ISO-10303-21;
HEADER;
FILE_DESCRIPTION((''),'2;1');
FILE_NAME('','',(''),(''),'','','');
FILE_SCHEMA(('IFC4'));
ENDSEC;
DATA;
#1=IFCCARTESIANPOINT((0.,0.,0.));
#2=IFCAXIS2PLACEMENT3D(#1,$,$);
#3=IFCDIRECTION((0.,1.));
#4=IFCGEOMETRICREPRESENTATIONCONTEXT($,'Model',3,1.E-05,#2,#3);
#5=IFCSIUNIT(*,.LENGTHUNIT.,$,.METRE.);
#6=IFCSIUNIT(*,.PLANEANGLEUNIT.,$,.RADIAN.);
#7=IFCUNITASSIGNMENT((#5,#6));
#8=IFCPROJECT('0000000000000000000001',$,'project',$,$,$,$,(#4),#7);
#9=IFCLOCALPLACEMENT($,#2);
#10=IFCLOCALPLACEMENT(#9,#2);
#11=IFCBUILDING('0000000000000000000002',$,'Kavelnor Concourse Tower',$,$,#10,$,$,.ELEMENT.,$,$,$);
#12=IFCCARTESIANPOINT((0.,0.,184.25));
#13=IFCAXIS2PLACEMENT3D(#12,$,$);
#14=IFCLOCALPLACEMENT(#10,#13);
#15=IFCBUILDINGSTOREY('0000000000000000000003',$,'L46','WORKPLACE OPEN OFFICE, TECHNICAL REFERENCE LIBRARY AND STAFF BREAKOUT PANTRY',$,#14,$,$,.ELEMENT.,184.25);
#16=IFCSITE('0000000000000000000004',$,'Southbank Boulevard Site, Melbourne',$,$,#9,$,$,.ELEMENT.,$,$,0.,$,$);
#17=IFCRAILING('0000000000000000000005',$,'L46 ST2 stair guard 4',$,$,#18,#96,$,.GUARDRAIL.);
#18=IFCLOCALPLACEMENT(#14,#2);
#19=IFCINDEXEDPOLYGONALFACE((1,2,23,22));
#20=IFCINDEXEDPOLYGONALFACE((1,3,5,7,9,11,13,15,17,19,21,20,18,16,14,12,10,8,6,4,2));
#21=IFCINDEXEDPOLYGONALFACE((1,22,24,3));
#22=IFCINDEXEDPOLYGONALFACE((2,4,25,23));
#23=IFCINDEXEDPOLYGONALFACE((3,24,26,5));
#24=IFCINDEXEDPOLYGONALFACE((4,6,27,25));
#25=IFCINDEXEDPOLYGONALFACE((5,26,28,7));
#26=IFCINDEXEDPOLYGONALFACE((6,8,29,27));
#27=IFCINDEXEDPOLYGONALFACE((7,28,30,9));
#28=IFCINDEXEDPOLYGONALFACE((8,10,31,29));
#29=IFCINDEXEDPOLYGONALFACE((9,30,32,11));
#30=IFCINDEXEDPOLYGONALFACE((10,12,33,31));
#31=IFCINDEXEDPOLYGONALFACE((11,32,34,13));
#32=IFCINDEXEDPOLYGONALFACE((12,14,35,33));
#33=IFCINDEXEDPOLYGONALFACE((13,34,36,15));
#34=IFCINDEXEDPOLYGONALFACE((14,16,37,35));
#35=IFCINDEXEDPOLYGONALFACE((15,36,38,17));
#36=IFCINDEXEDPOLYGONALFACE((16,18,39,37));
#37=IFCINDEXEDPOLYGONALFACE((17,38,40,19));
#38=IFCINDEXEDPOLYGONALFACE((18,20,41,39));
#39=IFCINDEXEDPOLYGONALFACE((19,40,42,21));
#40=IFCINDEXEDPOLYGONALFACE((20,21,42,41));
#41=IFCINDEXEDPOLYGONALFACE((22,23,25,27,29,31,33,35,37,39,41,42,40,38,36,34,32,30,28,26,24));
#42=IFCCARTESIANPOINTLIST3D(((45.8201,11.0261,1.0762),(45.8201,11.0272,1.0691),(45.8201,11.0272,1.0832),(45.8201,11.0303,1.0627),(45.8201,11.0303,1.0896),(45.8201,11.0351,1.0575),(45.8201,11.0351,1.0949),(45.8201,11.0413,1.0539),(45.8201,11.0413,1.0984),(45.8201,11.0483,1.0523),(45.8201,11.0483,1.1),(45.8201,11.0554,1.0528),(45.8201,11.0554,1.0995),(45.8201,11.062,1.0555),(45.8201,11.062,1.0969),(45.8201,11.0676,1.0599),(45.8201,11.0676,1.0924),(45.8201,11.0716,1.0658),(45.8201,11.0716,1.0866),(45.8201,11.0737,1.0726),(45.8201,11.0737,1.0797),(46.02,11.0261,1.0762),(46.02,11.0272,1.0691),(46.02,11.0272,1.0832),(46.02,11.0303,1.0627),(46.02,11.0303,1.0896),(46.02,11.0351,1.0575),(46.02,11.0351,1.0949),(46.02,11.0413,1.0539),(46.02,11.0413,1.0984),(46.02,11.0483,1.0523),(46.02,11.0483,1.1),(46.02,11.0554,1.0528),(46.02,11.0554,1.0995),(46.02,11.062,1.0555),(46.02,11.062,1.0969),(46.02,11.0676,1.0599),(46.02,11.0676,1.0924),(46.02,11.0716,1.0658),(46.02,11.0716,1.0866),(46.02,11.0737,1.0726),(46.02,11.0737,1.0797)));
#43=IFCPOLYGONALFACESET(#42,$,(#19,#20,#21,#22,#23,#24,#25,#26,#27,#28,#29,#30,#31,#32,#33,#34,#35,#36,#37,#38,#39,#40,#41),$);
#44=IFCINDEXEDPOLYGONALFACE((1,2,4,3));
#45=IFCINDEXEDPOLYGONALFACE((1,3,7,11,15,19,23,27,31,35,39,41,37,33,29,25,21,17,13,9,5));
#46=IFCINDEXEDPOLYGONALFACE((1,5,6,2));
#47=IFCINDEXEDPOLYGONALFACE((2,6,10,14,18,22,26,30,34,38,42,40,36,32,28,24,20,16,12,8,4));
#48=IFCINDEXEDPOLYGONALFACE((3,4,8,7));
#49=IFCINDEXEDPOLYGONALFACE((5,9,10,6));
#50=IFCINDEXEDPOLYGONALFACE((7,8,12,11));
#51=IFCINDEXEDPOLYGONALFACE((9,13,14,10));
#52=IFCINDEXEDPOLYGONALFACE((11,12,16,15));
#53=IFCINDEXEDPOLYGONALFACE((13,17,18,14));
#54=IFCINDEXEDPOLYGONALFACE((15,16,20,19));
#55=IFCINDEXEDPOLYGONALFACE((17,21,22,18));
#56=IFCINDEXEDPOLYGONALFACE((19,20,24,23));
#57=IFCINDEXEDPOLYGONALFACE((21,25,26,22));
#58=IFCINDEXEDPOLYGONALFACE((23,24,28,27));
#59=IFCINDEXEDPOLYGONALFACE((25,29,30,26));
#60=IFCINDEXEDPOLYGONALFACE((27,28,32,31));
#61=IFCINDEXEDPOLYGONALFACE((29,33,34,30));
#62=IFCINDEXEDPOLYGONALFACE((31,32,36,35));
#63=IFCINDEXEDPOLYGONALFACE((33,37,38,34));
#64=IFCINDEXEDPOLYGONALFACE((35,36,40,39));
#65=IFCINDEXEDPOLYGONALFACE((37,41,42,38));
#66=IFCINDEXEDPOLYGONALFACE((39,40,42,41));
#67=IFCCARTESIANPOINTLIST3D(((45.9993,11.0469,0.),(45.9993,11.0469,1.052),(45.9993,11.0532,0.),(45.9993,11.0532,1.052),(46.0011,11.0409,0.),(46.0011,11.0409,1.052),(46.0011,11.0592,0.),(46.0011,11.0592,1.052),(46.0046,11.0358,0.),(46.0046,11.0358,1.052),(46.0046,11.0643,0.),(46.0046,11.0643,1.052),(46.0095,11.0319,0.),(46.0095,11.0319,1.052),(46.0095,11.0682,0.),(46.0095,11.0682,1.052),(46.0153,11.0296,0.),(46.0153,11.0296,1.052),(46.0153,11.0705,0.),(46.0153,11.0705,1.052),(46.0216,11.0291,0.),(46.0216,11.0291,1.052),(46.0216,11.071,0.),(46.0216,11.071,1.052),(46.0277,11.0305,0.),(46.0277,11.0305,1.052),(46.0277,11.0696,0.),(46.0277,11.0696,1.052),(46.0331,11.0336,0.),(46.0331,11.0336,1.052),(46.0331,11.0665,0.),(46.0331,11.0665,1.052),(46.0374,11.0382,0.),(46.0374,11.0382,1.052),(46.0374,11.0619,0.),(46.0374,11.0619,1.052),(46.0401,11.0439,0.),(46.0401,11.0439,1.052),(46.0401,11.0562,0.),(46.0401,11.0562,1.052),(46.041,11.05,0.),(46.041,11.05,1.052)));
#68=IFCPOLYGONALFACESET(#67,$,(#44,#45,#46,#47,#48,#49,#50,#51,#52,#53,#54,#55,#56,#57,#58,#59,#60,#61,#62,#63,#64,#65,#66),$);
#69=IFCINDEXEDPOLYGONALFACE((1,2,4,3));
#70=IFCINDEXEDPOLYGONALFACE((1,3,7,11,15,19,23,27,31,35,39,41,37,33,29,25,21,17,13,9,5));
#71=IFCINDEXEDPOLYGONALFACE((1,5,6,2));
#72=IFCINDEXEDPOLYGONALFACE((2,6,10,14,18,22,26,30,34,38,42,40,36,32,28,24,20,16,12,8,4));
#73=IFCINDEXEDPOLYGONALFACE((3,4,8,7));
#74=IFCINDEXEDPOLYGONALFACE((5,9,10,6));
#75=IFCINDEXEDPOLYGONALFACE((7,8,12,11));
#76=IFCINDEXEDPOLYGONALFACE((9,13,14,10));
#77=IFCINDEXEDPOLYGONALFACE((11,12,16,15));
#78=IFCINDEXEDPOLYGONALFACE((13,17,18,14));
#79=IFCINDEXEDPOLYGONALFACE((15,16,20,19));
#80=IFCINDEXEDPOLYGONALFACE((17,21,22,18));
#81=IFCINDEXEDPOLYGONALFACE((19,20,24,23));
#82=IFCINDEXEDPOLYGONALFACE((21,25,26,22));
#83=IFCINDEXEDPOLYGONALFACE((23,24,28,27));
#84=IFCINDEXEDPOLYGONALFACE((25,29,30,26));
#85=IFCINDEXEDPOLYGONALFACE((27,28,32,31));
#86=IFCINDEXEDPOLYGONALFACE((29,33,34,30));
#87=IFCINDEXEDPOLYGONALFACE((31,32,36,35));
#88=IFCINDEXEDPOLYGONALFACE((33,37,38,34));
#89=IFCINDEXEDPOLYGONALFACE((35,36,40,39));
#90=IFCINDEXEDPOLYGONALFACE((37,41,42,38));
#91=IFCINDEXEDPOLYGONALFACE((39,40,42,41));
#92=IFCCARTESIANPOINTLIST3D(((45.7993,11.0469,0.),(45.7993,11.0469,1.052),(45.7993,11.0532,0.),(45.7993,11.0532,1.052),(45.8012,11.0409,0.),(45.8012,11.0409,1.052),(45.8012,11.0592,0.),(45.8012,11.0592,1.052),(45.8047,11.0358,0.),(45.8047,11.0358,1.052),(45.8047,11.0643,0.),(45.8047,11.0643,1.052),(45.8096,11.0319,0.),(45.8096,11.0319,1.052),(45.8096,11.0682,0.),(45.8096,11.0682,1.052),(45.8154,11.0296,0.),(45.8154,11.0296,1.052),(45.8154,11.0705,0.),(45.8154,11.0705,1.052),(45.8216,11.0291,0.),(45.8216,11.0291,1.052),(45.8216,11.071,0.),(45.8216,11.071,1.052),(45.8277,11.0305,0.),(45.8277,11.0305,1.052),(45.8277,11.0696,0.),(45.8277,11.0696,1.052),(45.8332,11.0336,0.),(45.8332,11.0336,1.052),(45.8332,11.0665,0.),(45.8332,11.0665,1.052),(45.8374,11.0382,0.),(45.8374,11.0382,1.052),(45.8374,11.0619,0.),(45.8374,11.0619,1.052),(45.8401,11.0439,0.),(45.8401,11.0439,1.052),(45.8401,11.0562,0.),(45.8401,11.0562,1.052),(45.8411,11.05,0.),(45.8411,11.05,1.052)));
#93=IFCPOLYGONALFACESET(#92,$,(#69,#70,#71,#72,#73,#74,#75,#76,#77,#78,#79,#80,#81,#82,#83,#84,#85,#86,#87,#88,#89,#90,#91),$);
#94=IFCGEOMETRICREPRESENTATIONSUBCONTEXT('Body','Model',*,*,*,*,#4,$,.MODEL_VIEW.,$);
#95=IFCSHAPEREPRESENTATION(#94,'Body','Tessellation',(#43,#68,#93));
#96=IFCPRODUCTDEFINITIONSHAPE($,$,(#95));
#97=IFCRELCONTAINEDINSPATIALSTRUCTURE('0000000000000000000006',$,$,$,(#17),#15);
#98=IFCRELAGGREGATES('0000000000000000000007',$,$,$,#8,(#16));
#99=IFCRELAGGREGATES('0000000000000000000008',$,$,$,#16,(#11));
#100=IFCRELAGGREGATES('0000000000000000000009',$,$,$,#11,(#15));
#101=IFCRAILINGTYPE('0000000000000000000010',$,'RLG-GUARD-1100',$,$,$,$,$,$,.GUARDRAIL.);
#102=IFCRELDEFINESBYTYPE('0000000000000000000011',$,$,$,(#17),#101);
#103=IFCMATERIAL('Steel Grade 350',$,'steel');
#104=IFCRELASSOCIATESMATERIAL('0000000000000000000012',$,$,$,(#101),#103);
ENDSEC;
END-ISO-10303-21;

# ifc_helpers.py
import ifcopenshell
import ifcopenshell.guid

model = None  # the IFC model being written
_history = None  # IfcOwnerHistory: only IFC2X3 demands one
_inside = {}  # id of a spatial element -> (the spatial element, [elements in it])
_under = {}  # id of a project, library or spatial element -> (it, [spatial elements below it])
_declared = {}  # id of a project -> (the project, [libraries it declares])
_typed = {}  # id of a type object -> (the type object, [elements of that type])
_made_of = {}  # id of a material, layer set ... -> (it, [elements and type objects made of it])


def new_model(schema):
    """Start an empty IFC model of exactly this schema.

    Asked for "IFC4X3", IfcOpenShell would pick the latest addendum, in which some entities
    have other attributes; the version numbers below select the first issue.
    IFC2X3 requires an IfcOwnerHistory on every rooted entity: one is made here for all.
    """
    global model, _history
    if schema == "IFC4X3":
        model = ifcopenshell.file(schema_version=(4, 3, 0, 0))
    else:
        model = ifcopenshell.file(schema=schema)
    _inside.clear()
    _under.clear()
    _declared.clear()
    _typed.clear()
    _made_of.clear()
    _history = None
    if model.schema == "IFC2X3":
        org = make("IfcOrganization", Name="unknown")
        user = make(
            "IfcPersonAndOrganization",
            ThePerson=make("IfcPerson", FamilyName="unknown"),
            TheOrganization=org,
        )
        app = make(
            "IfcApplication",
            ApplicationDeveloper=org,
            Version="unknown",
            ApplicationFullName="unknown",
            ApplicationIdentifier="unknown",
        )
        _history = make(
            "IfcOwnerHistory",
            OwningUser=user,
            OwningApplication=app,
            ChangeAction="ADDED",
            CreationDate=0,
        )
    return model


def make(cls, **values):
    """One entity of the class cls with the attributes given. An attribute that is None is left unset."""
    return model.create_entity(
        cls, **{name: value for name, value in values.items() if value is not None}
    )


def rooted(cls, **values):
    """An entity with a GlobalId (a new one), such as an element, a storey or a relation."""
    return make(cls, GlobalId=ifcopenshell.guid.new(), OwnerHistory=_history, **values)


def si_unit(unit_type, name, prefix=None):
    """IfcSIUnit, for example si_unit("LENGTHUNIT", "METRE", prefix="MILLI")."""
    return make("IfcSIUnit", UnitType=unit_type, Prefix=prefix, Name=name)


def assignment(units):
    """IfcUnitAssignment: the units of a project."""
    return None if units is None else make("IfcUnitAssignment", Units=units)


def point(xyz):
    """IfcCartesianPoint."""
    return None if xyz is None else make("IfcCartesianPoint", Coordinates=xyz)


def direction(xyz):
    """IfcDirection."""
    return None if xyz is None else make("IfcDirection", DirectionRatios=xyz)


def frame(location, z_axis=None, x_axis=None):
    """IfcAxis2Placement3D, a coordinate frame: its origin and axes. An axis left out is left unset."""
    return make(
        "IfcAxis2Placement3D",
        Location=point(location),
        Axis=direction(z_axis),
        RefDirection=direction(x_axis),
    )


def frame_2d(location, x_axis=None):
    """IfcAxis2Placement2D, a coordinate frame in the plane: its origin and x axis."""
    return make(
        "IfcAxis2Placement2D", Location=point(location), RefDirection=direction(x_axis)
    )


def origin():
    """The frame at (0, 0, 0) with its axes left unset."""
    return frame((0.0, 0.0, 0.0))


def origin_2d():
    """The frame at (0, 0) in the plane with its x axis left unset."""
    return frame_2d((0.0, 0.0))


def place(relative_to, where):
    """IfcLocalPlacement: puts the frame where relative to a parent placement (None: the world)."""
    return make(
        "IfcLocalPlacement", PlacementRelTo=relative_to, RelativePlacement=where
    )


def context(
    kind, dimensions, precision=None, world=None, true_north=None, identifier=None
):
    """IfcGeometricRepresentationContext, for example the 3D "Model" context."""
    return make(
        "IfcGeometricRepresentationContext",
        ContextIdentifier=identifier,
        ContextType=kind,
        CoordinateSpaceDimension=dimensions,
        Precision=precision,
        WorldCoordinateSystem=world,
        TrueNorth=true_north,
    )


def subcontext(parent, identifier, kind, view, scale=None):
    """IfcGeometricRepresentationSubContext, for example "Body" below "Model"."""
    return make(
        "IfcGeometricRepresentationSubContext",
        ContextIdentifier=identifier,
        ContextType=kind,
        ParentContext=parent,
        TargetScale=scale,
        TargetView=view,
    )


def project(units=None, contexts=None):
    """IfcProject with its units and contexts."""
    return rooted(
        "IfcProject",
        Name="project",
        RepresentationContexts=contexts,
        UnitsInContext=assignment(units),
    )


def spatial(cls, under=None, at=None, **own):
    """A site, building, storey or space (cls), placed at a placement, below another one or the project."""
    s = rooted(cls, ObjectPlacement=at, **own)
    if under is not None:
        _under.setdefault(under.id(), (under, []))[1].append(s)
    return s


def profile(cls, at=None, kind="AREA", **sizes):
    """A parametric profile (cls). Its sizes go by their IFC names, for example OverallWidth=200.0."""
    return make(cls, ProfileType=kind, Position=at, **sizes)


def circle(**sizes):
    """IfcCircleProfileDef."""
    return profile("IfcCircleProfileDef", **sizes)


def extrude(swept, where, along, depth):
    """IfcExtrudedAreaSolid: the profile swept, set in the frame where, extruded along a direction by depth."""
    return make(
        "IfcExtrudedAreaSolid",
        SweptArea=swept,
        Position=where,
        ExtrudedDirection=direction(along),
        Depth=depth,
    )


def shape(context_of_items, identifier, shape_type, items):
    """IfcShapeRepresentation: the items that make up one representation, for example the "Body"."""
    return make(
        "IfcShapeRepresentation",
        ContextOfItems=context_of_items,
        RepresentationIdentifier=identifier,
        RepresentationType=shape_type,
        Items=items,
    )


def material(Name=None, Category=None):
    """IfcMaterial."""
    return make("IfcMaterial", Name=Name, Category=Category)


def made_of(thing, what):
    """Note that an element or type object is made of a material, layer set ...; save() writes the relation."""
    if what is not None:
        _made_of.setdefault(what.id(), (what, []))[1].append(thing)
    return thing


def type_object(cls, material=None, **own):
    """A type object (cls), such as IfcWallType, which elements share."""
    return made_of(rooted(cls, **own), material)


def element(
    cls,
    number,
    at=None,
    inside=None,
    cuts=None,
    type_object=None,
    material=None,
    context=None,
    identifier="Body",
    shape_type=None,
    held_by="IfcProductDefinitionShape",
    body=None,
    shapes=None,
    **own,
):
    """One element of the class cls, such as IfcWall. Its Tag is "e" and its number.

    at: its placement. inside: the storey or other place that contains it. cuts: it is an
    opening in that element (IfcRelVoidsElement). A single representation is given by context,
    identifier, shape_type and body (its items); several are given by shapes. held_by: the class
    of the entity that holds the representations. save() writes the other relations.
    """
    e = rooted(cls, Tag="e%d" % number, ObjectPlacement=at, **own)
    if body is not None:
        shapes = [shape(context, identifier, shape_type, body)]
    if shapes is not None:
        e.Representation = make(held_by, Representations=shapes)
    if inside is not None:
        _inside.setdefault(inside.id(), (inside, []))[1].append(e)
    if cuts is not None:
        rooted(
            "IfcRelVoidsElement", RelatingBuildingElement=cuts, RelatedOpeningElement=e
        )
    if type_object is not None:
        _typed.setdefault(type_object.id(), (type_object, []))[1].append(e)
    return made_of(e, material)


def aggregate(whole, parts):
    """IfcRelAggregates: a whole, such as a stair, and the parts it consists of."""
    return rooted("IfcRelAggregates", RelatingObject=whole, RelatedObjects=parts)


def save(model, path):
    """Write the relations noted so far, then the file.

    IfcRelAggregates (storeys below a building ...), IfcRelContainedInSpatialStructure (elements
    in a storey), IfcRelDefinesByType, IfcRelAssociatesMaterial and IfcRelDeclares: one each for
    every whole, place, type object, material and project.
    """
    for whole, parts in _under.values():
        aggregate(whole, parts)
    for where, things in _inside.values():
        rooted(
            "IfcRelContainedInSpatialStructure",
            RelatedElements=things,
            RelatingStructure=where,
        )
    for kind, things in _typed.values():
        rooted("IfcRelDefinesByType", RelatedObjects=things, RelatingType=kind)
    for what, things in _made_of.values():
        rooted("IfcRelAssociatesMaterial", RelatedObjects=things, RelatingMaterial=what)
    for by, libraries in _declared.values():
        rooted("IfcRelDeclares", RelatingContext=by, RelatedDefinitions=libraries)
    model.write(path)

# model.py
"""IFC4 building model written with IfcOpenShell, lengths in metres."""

from ifc_helpers import new_model, si_unit, direction, frame, origin, origin_2d, place, context, subcontext, project, spatial, circle, extrude, material, type_object, element, save


model = new_model("IFC4")

# Units and contexts
model_context = context("Model", 3, precision=1e-05, world=origin(), true_north=direction((0.0, 1.0)))
body_context = subcontext(model_context, "Body", "Model", "MODEL_VIEW")
ifc_project = project(units=[si_unit("LENGTHUNIT", "METRE"), si_unit("PLANEANGLEUNIT", "RADIAN")], contexts=[model_context])

# Site, building, storey
site_placement = place(None, origin())
site = spatial("IfcSite", under=ifc_project, at=site_placement, Name="Southbank Boulevard Site, Melbourne", CompositionType="ELEMENT", RefElevation=0.0)
building_placement = place(site_placement, origin())
building = spatial("IfcBuilding", under=site, at=building_placement, Name="Kavelnor Concourse Tower", CompositionType="ELEMENT")
storey_placement = place(building_placement, frame((0.0, 0.0, 184.25)))
storey = spatial("IfcBuildingStorey", under=building, at=storey_placement, Name="L46", Description="WORKPLACE OPEN OFFICE, TECHNICAL REFERENCE LIBRARY AND STAFF BREAKOUT PANTRY", CompositionType="ELEMENT", Elevation=184.25)

# Shared definitions
ifc_material_1 = material(Name="Steel Grade 350", Category="steel")

# Railing
railing_type_1 = type_object("IfcRailingType", Name="RLG-GUARD-1100", PredefinedType="GUARDRAIL", material=ifc_material_1)
railing_1_placement = place(storey_placement, frame((46.02, 11.05, 0.0)))
element("IfcRailing", 1, at=railing_1_placement, inside=storey, type_object=railing_type_1, Name="L46 ST2 stair guard 4", PredefinedType="GUARDRAIL", context=body_context, shape_type="SweptSolid", body=[
    extrude(circle(Radius=0.0239, at=origin_2d()), frame((0.0, 0.0, 1.0762), z_axis=(-1.0, 0.0, 0.0), x_axis=(0.0, -1.0, 0.0)), (0.0, 0.0, 1.0), 0.2),
    extrude(circle(Radius=0.021, at=origin_2d()), origin(), (0.0, 0.0, 1.0), 1.052),
    extrude(circle(Radius=0.021, at=origin_2d()), frame((-0.2, 0.0, 0.0)), (0.0, 0.0, 1.0), 1.052),
])

save(model, "model.ifc")
